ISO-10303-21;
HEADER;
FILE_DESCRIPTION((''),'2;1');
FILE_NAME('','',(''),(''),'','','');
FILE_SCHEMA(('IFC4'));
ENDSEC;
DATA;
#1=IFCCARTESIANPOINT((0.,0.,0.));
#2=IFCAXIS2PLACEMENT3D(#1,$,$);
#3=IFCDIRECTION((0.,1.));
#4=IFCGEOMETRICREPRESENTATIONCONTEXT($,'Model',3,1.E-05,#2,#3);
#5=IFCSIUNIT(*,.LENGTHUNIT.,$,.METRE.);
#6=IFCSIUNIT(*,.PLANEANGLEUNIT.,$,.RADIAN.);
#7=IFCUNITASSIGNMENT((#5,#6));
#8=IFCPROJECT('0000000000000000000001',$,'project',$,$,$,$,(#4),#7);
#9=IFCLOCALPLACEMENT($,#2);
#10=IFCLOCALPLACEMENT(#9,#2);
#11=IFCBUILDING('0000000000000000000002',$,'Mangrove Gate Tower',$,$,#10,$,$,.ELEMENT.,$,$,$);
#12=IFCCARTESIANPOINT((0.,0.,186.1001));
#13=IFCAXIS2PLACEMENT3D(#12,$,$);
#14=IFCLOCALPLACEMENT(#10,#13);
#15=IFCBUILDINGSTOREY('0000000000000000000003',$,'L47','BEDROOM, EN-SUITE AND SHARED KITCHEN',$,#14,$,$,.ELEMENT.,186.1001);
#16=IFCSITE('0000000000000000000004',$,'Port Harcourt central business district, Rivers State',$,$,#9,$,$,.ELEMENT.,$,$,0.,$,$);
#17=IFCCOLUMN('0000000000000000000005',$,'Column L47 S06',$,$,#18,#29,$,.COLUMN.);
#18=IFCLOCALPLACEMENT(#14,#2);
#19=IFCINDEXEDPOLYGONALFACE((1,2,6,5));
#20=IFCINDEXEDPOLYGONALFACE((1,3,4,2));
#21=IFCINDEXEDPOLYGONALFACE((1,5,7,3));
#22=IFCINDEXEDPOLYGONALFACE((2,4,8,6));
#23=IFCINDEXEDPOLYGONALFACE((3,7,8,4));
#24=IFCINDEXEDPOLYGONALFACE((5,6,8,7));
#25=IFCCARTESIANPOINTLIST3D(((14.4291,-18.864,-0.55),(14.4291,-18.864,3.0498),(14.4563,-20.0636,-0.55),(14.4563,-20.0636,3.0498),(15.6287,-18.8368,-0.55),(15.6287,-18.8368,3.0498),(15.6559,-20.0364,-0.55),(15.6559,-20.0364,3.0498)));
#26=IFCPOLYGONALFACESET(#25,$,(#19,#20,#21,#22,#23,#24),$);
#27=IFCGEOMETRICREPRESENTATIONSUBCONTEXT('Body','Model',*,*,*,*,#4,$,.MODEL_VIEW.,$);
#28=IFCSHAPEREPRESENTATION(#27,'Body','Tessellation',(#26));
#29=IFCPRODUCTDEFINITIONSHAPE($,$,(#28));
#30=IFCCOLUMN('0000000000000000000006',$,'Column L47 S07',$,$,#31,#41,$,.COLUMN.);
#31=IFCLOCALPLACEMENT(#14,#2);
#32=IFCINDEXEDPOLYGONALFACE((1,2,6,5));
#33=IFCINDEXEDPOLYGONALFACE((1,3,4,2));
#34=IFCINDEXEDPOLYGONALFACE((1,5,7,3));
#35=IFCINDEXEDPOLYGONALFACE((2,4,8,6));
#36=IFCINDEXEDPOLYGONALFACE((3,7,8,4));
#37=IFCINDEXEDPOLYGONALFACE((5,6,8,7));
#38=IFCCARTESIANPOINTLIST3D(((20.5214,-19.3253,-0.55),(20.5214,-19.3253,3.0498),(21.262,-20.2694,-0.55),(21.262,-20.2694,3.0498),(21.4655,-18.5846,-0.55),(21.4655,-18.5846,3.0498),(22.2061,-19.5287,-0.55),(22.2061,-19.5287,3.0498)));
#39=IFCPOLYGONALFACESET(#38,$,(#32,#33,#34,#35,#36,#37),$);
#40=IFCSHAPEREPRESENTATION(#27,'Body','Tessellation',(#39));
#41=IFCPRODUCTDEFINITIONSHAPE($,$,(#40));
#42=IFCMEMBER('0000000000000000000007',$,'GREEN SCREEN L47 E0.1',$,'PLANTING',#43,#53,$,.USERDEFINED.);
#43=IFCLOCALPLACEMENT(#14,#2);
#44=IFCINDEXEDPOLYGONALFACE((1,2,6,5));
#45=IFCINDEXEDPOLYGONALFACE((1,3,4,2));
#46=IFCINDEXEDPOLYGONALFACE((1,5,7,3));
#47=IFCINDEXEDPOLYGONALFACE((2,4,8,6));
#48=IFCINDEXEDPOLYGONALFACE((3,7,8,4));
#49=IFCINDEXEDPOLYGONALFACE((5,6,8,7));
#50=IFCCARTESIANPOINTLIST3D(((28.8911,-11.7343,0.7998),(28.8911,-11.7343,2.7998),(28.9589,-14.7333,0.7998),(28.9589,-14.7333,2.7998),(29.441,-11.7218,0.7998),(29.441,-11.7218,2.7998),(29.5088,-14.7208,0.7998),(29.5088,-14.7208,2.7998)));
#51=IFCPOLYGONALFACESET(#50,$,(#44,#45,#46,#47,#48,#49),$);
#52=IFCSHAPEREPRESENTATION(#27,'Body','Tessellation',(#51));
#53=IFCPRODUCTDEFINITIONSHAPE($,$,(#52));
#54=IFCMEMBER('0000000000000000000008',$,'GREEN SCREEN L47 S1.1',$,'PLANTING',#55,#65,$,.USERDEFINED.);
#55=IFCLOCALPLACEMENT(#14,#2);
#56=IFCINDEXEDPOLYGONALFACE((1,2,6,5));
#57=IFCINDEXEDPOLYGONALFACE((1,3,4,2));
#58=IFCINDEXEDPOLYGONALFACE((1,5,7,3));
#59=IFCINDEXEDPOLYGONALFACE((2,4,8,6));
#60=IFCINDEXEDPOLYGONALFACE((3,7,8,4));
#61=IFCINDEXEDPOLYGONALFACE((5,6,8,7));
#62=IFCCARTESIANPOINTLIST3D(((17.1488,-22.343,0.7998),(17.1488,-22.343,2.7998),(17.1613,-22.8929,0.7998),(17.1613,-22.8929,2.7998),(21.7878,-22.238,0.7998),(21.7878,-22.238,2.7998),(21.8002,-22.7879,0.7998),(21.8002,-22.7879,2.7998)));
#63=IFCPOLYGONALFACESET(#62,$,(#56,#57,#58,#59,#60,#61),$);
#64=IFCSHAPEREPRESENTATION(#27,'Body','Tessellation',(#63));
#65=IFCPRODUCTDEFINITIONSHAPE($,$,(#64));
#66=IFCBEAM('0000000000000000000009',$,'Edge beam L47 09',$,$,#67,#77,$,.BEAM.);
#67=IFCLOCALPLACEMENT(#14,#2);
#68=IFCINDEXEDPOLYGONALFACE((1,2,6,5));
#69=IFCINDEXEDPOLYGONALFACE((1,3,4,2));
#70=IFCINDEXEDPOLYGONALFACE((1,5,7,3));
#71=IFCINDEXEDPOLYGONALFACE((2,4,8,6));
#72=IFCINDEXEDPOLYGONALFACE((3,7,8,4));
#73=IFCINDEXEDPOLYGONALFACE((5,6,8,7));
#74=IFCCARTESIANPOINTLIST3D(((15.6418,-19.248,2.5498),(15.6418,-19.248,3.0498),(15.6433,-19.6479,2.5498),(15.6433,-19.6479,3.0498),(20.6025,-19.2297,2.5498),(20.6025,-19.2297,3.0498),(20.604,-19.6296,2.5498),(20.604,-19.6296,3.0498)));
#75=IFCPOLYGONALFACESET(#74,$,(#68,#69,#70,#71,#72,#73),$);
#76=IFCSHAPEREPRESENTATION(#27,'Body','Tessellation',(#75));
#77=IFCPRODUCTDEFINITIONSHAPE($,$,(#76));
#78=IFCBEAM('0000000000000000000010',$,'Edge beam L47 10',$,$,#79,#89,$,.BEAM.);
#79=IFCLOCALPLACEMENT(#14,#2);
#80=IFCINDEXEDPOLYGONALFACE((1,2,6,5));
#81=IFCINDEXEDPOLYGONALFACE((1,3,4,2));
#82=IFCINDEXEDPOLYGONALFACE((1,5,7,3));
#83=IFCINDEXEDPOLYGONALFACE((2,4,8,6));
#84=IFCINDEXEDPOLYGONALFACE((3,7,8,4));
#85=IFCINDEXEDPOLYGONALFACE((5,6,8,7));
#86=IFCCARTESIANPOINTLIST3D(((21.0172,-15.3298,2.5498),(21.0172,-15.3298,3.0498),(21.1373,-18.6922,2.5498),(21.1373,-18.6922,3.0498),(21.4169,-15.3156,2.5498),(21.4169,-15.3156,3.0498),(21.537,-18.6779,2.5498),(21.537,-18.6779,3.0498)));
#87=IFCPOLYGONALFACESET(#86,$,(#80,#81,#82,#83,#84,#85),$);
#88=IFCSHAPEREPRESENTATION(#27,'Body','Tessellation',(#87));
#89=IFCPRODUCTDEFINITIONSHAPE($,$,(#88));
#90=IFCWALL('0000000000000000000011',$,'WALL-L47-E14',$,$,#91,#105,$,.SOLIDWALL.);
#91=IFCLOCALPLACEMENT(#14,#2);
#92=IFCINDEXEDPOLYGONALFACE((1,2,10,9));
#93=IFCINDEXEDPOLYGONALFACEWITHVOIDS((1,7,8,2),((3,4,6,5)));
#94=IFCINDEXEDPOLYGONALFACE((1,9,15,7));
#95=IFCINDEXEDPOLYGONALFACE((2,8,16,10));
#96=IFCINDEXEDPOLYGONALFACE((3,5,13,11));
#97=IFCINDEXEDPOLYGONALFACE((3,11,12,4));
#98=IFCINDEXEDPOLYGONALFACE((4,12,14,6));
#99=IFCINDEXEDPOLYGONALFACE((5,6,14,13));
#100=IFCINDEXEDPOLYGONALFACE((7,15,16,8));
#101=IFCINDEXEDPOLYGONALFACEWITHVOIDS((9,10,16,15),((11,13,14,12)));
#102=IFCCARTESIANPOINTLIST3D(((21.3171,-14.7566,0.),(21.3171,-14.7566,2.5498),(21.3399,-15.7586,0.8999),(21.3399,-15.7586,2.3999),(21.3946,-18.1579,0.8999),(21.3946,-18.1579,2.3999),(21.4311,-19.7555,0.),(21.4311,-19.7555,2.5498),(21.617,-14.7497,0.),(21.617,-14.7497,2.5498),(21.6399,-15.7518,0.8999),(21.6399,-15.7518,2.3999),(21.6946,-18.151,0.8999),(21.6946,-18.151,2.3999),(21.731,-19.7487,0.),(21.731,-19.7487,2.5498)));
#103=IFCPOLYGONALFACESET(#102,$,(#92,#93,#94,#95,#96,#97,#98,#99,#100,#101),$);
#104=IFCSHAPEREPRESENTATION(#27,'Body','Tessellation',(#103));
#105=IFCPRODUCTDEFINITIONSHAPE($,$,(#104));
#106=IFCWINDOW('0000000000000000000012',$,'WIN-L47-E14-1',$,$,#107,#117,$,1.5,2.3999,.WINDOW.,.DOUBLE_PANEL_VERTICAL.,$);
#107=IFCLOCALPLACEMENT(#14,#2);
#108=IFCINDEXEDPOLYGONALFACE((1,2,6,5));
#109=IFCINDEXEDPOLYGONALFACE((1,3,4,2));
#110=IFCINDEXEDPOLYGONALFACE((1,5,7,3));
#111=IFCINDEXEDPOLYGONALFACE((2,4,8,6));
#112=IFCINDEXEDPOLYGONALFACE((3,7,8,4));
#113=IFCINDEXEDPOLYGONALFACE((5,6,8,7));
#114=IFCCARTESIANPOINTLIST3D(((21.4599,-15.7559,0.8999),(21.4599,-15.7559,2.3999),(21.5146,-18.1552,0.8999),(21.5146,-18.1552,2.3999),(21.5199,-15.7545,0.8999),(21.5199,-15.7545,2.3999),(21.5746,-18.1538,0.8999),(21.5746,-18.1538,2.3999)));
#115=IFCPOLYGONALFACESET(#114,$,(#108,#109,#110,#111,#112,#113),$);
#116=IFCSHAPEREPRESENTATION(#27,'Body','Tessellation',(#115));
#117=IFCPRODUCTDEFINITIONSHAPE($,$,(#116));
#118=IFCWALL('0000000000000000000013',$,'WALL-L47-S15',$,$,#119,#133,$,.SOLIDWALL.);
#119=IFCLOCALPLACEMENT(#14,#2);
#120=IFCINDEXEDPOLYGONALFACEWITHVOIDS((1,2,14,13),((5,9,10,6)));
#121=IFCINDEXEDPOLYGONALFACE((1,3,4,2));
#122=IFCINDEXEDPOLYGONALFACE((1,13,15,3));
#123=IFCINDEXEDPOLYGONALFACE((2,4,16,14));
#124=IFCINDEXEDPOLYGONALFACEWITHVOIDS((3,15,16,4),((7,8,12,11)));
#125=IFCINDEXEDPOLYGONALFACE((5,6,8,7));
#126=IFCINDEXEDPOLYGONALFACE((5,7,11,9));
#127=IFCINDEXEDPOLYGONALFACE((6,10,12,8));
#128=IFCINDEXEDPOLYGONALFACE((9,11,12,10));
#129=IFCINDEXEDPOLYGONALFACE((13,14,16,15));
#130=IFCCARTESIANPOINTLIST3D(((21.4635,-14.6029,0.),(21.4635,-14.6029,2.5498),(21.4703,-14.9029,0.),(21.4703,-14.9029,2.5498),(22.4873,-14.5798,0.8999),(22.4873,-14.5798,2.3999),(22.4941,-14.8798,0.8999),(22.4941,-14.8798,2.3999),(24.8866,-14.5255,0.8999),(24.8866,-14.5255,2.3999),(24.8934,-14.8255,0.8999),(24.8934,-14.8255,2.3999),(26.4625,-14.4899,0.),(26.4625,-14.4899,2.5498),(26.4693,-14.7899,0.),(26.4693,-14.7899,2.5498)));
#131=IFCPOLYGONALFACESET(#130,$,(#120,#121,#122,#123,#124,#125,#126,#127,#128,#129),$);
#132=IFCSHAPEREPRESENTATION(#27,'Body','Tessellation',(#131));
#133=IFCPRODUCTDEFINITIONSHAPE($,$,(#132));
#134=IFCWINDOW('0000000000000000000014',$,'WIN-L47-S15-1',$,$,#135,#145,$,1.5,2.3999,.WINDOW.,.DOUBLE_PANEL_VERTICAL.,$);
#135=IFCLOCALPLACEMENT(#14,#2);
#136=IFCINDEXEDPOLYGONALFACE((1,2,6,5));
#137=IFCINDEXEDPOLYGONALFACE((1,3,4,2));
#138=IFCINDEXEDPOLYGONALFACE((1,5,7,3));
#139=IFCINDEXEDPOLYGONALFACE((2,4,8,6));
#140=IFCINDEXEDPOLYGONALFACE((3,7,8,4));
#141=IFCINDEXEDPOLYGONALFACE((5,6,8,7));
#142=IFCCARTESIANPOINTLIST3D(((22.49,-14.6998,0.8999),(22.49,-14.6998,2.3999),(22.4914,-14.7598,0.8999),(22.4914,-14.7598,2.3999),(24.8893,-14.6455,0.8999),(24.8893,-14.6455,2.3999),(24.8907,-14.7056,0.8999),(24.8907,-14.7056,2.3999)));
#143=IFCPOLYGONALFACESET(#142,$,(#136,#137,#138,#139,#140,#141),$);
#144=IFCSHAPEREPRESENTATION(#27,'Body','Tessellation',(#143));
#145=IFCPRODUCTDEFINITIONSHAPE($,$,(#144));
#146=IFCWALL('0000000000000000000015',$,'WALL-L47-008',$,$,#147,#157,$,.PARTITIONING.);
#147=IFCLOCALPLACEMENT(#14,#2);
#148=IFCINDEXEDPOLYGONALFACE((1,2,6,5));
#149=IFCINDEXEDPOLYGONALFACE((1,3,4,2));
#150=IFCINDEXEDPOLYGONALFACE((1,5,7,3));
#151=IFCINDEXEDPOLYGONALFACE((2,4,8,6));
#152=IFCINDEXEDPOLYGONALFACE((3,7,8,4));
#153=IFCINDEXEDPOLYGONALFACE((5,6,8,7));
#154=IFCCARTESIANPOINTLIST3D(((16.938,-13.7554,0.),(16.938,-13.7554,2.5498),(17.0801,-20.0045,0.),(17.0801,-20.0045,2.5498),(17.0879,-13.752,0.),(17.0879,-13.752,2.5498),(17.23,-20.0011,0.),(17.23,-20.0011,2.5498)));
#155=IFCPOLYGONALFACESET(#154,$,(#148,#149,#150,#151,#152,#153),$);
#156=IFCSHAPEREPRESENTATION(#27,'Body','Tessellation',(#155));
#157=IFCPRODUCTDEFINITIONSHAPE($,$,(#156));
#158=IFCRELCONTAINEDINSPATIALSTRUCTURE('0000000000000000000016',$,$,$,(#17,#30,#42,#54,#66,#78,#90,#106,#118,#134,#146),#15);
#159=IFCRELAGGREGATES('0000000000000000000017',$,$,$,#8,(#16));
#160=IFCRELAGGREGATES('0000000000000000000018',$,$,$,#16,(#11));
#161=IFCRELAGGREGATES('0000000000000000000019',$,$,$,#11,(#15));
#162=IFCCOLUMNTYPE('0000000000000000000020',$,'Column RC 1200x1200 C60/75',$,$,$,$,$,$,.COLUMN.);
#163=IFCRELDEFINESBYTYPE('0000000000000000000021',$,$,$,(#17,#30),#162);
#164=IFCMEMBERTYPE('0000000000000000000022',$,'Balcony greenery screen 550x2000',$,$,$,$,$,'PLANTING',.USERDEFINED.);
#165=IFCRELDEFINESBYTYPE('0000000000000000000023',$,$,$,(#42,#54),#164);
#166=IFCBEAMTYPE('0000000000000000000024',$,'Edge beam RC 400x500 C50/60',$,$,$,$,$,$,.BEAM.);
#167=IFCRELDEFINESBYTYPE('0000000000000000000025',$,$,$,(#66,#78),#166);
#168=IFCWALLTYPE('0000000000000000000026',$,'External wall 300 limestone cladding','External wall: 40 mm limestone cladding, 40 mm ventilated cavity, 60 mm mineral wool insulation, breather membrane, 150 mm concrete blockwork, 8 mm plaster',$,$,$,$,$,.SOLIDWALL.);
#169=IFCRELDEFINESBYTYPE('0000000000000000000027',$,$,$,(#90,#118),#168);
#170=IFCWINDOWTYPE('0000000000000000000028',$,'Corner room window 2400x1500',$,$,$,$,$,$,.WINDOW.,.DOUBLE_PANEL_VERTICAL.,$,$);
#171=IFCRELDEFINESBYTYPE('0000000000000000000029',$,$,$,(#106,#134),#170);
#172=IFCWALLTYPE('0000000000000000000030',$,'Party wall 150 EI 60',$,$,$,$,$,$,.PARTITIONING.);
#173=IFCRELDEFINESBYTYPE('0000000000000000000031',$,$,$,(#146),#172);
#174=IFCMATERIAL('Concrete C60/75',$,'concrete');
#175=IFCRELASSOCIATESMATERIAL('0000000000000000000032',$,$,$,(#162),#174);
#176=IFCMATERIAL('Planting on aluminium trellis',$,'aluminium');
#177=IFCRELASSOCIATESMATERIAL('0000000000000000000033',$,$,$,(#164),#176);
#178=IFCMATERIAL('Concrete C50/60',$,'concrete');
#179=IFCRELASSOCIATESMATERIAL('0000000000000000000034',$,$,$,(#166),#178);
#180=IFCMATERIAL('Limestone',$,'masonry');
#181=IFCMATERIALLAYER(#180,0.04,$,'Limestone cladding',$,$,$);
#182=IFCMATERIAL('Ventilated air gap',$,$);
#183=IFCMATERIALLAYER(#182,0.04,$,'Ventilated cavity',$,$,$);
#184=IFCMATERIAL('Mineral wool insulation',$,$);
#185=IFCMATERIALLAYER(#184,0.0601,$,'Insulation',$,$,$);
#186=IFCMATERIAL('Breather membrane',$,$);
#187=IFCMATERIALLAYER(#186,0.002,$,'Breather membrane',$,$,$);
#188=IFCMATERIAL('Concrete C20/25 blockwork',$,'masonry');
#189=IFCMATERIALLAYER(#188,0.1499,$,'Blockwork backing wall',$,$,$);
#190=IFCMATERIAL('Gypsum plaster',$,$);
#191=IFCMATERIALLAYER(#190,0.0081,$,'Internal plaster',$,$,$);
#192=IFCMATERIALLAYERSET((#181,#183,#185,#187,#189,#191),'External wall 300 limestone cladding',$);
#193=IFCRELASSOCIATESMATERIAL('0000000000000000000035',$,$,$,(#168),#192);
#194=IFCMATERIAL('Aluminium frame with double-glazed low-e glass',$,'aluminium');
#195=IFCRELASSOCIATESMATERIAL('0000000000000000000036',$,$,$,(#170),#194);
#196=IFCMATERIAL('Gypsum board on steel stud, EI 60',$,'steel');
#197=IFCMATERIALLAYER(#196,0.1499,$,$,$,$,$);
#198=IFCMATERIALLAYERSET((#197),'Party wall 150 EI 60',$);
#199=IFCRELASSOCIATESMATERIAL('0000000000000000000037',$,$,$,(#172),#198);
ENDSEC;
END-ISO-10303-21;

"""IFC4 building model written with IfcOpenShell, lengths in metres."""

from ifc_helpers import new_model, si_unit, direction, frame, frame_2d, origin, origin_2d, place, context, subcontext, project, spatial, rectangle, extrude, material, layer, layer_set, material_profile, profile_set, type_object, element, fill, save


model = new_model("IFC4")

# Units and contexts
model_context = context("Model", 3, precision=1e-05, world=origin(), true_north=direction((0.0, 1.0)))
body_context = subcontext(model_context, "Body", "Model", "MODEL_VIEW")
ifc_project = project(units=[si_unit("LENGTHUNIT", "METRE"), si_unit("PLANEANGLEUNIT", "RADIAN")], contexts=[model_context])

# Site, building, storey
site_placement = place(None, origin())
site = spatial("IfcSite", under=ifc_project, at=site_placement, Name="Port Harcourt central business district, Rivers State", CompositionType="ELEMENT", RefElevation=0.0)
building_placement = place(site_placement, origin())
building = spatial("IfcBuilding", under=site, at=building_placement, Name="Mangrove Gate Tower", CompositionType="ELEMENT")
storey_placement = place(building_placement, frame((0.0, 0.0, 186.1001)))
storey = spatial("IfcBuildingStorey", under=building, at=storey_placement, Name="L47", Description="BEDROOM, EN-SUITE AND SHARED KITCHEN", CompositionType="ELEMENT", Elevation=186.1001)

# Columns
ifc_material_1 = material(Name="Concrete C60/75", Category="concrete")
ifc_material_profile_1 = material_profile(ifc_material_1, rectangle(XDim=1.2, YDim=1.2, at=origin_2d()))
ifc_profile_set_1 = profile_set([ifc_material_profile_1], Name="Concrete C60/75")
column_type = type_object("IfcColumnType", Name="Column RC 1200x1200 C60/75", PredefinedType="COLUMN", material=ifc_profile_set_1)
for number, where, z_axis, x_axis, name in (
    (1, (15.0425, -19.4502, -0.55), (0.0, 0.0, 1.0), (0.999743, 0.022681, 0.0), "Column L47 S06"),
    (2, (21.3638, -19.427, -0.55), (0.0, 0.0, 1.0), (0.786796, 0.617213, 0.0), "Column L47 S07"),
):
    element("IfcColumn", number, at=place(storey_placement, frame(where, z_axis=z_axis, x_axis=x_axis)), inside=storey, type_object=column_type, Name=name, PredefinedType="COLUMN", context=body_context, shape_type="SweptSolid", body=[
        extrude(rectangle(XDim=1.2, YDim=1.2, at=origin_2d()), origin(), (0.0, 0.0, 1.0), 3.5999),
    ])

# Members
ifc_material_2 = material(Name="Planting on aluminium trellis", Category="aluminium")
ifc_material_profile_2 = material_profile(ifc_material_2, rectangle(XDim=0.55, YDim=2.0, at=origin_2d()))
ifc_profile_set_2 = profile_set([ifc_material_profile_2], Name="Planting on aluminium trellis")
member_type = type_object("IfcMemberType", Name="Balcony greenery screen 550x2000", ElementType="PLANTING", PredefinedType="USERDEFINED", material=ifc_profile_set_2)
member_1_placement = place(storey_placement, frame((29.2339, -14.7271, 1.7998), z_axis=(-0.022625, 0.999744, 0.0), x_axis=(-0.999744, -0.022625, 0.0)))
element("IfcMember", 3, at=member_1_placement, inside=storey, type_object=member_type, Name="GREEN SCREEN L47 E0.1", ObjectType="PLANTING", PredefinedType="USERDEFINED", context=body_context, shape_type="SweptSolid", body=[
    extrude(rectangle(XDim=0.55, YDim=2.0, at=origin_2d()), origin(), (0.0, 0.0, 1.0), 2.9998),
])
member_2_placement = place(storey_placement, frame((17.155, -22.6179, 1.7998), z_axis=(0.999744, 0.022625, 0.0), x_axis=(-0.022625, 0.999744, 0.0)))
element("IfcMember", 4, at=member_2_placement, inside=storey, type_object=member_type, Name="GREEN SCREEN L47 S1.1", ObjectType="PLANTING", PredefinedType="USERDEFINED", context=body_context, shape_type="SweptSolid", body=[
    extrude(rectangle(XDim=0.55, YDim=2.0, at=origin_2d()), origin(), (0.0, 0.0, 1.0), 4.6401),
])

# Beams
ifc_material_3 = material(Name="Concrete C50/60", Category="concrete")
ifc_material_profile_3 = material_profile(ifc_material_3, rectangle(XDim=0.3999, YDim=0.5, at=origin_2d()))
ifc_profile_set_3 = profile_set([ifc_material_profile_3], Name="Concrete C50/60")
beam_type = type_object("IfcBeamType", Name="Edge beam RC 400x500 C50/60", PredefinedType="BEAM", material=ifc_profile_set_3)
beam_1_placement = place(storey_placement, frame((15.6426, -19.448, 2.7998), z_axis=(0.999993, 0.003691, 0.0), x_axis=(-0.003691, 0.999993, 0.0)))
element("IfcBeam", 5, at=beam_1_placement, inside=storey, type_object=beam_type, Name="Edge beam L47 09", PredefinedType="BEAM", context=body_context, shape_type="SweptSolid", body=[
    extrude(rectangle(XDim=0.3999, YDim=0.5, at=origin_2d()), origin(), (0.0, 0.0, 1.0), 4.9607),
])
beam_2_placement = place(storey_placement, frame((21.3372, -18.6851, 2.7998), z_axis=(-0.035702, 0.999362, 0.0), x_axis=(-0.999362, -0.035702, 0.0)))
element("IfcBeam", 6, at=beam_2_placement, inside=storey, type_object=beam_type, Name="Edge beam L47 10", PredefinedType="BEAM", context=body_context, shape_type="SweptSolid", body=[
    extrude(rectangle(XDim=0.3999, YDim=0.5, at=origin_2d()), origin(), (0.0, 0.0, 1.0), 3.3645),
])

# Shared definitions
ifc_material_4 = material(Name="Limestone", Category="masonry")
ifc_layer_1 = layer(ifc_material_4, 0.04, Name="Limestone cladding")
ifc_material_5 = material(Name="Ventilated air gap")
ifc_layer_2 = layer(ifc_material_5, 0.04, Name="Ventilated cavity")
ifc_material_6 = material(Name="Mineral wool insulation")
ifc_layer_3 = layer(ifc_material_6, 0.0601, Name="Insulation")
ifc_material_7 = material(Name="Breather membrane")
ifc_layer_4 = layer(ifc_material_7, 0.002, Name="Breather membrane")
ifc_material_8 = material(Name="Concrete C20/25 blockwork", Category="masonry")
ifc_layer_5 = layer(ifc_material_8, 0.1499, Name="Blockwork backing wall")
ifc_material_9 = material(Name="Gypsum plaster")
ifc_layer_6 = layer(ifc_material_9, 0.0081, Name="Internal plaster")
ifc_layer_set_1 = layer_set([ifc_layer_1, ifc_layer_2, ifc_layer_3, ifc_layer_4, ifc_layer_5, ifc_layer_6], Name="External wall 300 limestone cladding")
wall_type_1 = type_object("IfcWallType", Name="External wall 300 limestone cladding", Description="External wall: 40 mm limestone cladding, 40 mm ventilated cavity, 60 mm mineral wool insulation, breather membrane, 150 mm concrete blockwork, 8 mm plaster", PredefinedType="SOLIDWALL", material=ifc_layer_set_1)

# Walls, openings, windows
wall_1_placement = place(storey_placement, frame((21.5811, -19.752, 0.0), z_axis=(0.0, 0.0, 1.0), x_axis=(-0.022801, 0.99974, 0.0)))
wall_1 = element("IfcWall", 7, at=wall_1_placement, inside=storey, type_object=wall_type_1, Name="WALL-L47-E14", PredefinedType="SOLIDWALL", context=body_context, shape_type="SweptSolid", body=[
    extrude(rectangle(XDim=5.0002, YDim=0.3, at=frame_2d((2.5, 0.0))), origin(), (0.0, 0.0, 1.0), 2.5498),
])
opening_1_placement = place(wall_1_placement, frame((1.5979, 0.0, 0.8999)))
opening_1 = element("IfcOpeningElement", 8, at=opening_1_placement, cuts=wall_1, PredefinedType="OPENING", context=body_context, shape_type="SweptSolid", body=[
    extrude(rectangle(XDim=2.3999, YDim=1.5, at=frame_2d((1.2, 0.75))), frame((0.0, 0.1599, 0.0), z_axis=(0.0, -1.0, 0.0), x_axis=(1.0, 0.0, 0.0)), (0.0, 0.0, 1.0), 0.3201),
])
ifc_material_10 = material(Name="Aluminium frame with double-glazed low-e glass", Category="aluminium")
window_type_1 = type_object("IfcWindowType", Name="Corner room window 2400x1500", PartitioningType="DOUBLE_PANEL_VERTICAL", PredefinedType="WINDOW", material=ifc_material_10)
window_1_placement = place(opening_1_placement, origin())
window_1 = element("IfcWindow", 9, at=window_1_placement, inside=storey, type_object=window_type_1, Name="WIN-L47-E14-1", OverallHeight=1.5, OverallWidth=2.3999, PartitioningType="DOUBLE_PANEL_VERTICAL", PredefinedType="WINDOW", context=body_context, shape_type="SweptSolid", body=[
    extrude(rectangle(XDim=2.3999, YDim=1.5, at=frame_2d((1.2, 0.75))), frame((0.0, 0.03, 0.0), z_axis=(0.0, -1.0, 0.0), x_axis=(1.0, 0.0, 0.0)), (0.0, 0.0, 1.0), 0.0601),
])
fill(opening_1, window_1)
wall_2_placement = place(storey_placement, frame((21.467, -14.7529, 0.0), z_axis=(0.0, 0.0, 1.0), x_axis=(0.999744, 0.022606, 0.0)))
wall_2 = element("IfcWall", 10, at=wall_2_placement, inside=storey, type_object=wall_type_1, Name="WALL-L47-S15", PredefinedType="SOLIDWALL", context=body_context, shape_type="SweptSolid", body=[
    extrude(rectangle(XDim=5.0002, YDim=0.3, at=frame_2d((2.5, 0.0))), origin(), (0.0, 0.0, 1.0), 2.5498),
])
opening_2_placement = place(wall_2_placement, frame((1.0239, 0.0, 0.8999)))
opening_2 = element("IfcOpeningElement", 11, at=opening_2_placement, cuts=wall_2, PredefinedType="OPENING", context=body_context, shape_type="SweptSolid", body=[
    extrude(rectangle(XDim=2.3999, YDim=1.5, at=frame_2d((1.2, 0.75))), frame((0.0, 0.1599, 0.0), z_axis=(0.0, -1.0, 0.0), x_axis=(1.0, 0.0, 0.0)), (0.0, 0.0, 1.0), 0.3201),
])
window_2_placement = place(opening_2_placement, origin())
window_2 = element("IfcWindow", 12, at=window_2_placement, inside=storey, type_object=window_type_1, Name="WIN-L47-S15-1", OverallHeight=1.5, OverallWidth=2.3999, PartitioningType="DOUBLE_PANEL_VERTICAL", PredefinedType="WINDOW", context=body_context, shape_type="SweptSolid", body=[
    extrude(rectangle(XDim=2.3999, YDim=1.5, at=frame_2d((1.2, 0.75))), frame((0.0, 0.03, 0.0), z_axis=(0.0, -1.0, 0.0), x_axis=(1.0, 0.0, 0.0)), (0.0, 0.0, 1.0), 0.0601),
])
fill(opening_2, window_2)

# Wall
ifc_material_11 = material(Name="Gypsum board on steel stud, EI 60", Category="steel")
ifc_layer_7 = layer(ifc_material_11, 0.1499)
ifc_layer_set_2 = layer_set([ifc_layer_7], Name="Party wall 150 EI 60")
wall_type_2 = type_object("IfcWallType", Name="Party wall 150 EI 60", PredefinedType="PARTITIONING", material=ifc_layer_set_2)
wall_3_placement = place(storey_placement, frame((17.155, -20.0029, 0.0), z_axis=(0.0, 0.0, 1.0), x_axis=(-0.022732, 0.999742, 0.0)))
element("IfcWall", 13, at=wall_3_placement, inside=storey, type_object=wall_type_2, Name="WALL-L47-008", PredefinedType="PARTITIONING", context=body_context, shape_type="SweptSolid", body=[
    extrude(rectangle(XDim=6.2507, YDim=0.1499, at=frame_2d((3.1255, 0.0))), origin(), (0.0, 0.0, 1.0), 2.5498),
])

save(model, "model.ifc")
